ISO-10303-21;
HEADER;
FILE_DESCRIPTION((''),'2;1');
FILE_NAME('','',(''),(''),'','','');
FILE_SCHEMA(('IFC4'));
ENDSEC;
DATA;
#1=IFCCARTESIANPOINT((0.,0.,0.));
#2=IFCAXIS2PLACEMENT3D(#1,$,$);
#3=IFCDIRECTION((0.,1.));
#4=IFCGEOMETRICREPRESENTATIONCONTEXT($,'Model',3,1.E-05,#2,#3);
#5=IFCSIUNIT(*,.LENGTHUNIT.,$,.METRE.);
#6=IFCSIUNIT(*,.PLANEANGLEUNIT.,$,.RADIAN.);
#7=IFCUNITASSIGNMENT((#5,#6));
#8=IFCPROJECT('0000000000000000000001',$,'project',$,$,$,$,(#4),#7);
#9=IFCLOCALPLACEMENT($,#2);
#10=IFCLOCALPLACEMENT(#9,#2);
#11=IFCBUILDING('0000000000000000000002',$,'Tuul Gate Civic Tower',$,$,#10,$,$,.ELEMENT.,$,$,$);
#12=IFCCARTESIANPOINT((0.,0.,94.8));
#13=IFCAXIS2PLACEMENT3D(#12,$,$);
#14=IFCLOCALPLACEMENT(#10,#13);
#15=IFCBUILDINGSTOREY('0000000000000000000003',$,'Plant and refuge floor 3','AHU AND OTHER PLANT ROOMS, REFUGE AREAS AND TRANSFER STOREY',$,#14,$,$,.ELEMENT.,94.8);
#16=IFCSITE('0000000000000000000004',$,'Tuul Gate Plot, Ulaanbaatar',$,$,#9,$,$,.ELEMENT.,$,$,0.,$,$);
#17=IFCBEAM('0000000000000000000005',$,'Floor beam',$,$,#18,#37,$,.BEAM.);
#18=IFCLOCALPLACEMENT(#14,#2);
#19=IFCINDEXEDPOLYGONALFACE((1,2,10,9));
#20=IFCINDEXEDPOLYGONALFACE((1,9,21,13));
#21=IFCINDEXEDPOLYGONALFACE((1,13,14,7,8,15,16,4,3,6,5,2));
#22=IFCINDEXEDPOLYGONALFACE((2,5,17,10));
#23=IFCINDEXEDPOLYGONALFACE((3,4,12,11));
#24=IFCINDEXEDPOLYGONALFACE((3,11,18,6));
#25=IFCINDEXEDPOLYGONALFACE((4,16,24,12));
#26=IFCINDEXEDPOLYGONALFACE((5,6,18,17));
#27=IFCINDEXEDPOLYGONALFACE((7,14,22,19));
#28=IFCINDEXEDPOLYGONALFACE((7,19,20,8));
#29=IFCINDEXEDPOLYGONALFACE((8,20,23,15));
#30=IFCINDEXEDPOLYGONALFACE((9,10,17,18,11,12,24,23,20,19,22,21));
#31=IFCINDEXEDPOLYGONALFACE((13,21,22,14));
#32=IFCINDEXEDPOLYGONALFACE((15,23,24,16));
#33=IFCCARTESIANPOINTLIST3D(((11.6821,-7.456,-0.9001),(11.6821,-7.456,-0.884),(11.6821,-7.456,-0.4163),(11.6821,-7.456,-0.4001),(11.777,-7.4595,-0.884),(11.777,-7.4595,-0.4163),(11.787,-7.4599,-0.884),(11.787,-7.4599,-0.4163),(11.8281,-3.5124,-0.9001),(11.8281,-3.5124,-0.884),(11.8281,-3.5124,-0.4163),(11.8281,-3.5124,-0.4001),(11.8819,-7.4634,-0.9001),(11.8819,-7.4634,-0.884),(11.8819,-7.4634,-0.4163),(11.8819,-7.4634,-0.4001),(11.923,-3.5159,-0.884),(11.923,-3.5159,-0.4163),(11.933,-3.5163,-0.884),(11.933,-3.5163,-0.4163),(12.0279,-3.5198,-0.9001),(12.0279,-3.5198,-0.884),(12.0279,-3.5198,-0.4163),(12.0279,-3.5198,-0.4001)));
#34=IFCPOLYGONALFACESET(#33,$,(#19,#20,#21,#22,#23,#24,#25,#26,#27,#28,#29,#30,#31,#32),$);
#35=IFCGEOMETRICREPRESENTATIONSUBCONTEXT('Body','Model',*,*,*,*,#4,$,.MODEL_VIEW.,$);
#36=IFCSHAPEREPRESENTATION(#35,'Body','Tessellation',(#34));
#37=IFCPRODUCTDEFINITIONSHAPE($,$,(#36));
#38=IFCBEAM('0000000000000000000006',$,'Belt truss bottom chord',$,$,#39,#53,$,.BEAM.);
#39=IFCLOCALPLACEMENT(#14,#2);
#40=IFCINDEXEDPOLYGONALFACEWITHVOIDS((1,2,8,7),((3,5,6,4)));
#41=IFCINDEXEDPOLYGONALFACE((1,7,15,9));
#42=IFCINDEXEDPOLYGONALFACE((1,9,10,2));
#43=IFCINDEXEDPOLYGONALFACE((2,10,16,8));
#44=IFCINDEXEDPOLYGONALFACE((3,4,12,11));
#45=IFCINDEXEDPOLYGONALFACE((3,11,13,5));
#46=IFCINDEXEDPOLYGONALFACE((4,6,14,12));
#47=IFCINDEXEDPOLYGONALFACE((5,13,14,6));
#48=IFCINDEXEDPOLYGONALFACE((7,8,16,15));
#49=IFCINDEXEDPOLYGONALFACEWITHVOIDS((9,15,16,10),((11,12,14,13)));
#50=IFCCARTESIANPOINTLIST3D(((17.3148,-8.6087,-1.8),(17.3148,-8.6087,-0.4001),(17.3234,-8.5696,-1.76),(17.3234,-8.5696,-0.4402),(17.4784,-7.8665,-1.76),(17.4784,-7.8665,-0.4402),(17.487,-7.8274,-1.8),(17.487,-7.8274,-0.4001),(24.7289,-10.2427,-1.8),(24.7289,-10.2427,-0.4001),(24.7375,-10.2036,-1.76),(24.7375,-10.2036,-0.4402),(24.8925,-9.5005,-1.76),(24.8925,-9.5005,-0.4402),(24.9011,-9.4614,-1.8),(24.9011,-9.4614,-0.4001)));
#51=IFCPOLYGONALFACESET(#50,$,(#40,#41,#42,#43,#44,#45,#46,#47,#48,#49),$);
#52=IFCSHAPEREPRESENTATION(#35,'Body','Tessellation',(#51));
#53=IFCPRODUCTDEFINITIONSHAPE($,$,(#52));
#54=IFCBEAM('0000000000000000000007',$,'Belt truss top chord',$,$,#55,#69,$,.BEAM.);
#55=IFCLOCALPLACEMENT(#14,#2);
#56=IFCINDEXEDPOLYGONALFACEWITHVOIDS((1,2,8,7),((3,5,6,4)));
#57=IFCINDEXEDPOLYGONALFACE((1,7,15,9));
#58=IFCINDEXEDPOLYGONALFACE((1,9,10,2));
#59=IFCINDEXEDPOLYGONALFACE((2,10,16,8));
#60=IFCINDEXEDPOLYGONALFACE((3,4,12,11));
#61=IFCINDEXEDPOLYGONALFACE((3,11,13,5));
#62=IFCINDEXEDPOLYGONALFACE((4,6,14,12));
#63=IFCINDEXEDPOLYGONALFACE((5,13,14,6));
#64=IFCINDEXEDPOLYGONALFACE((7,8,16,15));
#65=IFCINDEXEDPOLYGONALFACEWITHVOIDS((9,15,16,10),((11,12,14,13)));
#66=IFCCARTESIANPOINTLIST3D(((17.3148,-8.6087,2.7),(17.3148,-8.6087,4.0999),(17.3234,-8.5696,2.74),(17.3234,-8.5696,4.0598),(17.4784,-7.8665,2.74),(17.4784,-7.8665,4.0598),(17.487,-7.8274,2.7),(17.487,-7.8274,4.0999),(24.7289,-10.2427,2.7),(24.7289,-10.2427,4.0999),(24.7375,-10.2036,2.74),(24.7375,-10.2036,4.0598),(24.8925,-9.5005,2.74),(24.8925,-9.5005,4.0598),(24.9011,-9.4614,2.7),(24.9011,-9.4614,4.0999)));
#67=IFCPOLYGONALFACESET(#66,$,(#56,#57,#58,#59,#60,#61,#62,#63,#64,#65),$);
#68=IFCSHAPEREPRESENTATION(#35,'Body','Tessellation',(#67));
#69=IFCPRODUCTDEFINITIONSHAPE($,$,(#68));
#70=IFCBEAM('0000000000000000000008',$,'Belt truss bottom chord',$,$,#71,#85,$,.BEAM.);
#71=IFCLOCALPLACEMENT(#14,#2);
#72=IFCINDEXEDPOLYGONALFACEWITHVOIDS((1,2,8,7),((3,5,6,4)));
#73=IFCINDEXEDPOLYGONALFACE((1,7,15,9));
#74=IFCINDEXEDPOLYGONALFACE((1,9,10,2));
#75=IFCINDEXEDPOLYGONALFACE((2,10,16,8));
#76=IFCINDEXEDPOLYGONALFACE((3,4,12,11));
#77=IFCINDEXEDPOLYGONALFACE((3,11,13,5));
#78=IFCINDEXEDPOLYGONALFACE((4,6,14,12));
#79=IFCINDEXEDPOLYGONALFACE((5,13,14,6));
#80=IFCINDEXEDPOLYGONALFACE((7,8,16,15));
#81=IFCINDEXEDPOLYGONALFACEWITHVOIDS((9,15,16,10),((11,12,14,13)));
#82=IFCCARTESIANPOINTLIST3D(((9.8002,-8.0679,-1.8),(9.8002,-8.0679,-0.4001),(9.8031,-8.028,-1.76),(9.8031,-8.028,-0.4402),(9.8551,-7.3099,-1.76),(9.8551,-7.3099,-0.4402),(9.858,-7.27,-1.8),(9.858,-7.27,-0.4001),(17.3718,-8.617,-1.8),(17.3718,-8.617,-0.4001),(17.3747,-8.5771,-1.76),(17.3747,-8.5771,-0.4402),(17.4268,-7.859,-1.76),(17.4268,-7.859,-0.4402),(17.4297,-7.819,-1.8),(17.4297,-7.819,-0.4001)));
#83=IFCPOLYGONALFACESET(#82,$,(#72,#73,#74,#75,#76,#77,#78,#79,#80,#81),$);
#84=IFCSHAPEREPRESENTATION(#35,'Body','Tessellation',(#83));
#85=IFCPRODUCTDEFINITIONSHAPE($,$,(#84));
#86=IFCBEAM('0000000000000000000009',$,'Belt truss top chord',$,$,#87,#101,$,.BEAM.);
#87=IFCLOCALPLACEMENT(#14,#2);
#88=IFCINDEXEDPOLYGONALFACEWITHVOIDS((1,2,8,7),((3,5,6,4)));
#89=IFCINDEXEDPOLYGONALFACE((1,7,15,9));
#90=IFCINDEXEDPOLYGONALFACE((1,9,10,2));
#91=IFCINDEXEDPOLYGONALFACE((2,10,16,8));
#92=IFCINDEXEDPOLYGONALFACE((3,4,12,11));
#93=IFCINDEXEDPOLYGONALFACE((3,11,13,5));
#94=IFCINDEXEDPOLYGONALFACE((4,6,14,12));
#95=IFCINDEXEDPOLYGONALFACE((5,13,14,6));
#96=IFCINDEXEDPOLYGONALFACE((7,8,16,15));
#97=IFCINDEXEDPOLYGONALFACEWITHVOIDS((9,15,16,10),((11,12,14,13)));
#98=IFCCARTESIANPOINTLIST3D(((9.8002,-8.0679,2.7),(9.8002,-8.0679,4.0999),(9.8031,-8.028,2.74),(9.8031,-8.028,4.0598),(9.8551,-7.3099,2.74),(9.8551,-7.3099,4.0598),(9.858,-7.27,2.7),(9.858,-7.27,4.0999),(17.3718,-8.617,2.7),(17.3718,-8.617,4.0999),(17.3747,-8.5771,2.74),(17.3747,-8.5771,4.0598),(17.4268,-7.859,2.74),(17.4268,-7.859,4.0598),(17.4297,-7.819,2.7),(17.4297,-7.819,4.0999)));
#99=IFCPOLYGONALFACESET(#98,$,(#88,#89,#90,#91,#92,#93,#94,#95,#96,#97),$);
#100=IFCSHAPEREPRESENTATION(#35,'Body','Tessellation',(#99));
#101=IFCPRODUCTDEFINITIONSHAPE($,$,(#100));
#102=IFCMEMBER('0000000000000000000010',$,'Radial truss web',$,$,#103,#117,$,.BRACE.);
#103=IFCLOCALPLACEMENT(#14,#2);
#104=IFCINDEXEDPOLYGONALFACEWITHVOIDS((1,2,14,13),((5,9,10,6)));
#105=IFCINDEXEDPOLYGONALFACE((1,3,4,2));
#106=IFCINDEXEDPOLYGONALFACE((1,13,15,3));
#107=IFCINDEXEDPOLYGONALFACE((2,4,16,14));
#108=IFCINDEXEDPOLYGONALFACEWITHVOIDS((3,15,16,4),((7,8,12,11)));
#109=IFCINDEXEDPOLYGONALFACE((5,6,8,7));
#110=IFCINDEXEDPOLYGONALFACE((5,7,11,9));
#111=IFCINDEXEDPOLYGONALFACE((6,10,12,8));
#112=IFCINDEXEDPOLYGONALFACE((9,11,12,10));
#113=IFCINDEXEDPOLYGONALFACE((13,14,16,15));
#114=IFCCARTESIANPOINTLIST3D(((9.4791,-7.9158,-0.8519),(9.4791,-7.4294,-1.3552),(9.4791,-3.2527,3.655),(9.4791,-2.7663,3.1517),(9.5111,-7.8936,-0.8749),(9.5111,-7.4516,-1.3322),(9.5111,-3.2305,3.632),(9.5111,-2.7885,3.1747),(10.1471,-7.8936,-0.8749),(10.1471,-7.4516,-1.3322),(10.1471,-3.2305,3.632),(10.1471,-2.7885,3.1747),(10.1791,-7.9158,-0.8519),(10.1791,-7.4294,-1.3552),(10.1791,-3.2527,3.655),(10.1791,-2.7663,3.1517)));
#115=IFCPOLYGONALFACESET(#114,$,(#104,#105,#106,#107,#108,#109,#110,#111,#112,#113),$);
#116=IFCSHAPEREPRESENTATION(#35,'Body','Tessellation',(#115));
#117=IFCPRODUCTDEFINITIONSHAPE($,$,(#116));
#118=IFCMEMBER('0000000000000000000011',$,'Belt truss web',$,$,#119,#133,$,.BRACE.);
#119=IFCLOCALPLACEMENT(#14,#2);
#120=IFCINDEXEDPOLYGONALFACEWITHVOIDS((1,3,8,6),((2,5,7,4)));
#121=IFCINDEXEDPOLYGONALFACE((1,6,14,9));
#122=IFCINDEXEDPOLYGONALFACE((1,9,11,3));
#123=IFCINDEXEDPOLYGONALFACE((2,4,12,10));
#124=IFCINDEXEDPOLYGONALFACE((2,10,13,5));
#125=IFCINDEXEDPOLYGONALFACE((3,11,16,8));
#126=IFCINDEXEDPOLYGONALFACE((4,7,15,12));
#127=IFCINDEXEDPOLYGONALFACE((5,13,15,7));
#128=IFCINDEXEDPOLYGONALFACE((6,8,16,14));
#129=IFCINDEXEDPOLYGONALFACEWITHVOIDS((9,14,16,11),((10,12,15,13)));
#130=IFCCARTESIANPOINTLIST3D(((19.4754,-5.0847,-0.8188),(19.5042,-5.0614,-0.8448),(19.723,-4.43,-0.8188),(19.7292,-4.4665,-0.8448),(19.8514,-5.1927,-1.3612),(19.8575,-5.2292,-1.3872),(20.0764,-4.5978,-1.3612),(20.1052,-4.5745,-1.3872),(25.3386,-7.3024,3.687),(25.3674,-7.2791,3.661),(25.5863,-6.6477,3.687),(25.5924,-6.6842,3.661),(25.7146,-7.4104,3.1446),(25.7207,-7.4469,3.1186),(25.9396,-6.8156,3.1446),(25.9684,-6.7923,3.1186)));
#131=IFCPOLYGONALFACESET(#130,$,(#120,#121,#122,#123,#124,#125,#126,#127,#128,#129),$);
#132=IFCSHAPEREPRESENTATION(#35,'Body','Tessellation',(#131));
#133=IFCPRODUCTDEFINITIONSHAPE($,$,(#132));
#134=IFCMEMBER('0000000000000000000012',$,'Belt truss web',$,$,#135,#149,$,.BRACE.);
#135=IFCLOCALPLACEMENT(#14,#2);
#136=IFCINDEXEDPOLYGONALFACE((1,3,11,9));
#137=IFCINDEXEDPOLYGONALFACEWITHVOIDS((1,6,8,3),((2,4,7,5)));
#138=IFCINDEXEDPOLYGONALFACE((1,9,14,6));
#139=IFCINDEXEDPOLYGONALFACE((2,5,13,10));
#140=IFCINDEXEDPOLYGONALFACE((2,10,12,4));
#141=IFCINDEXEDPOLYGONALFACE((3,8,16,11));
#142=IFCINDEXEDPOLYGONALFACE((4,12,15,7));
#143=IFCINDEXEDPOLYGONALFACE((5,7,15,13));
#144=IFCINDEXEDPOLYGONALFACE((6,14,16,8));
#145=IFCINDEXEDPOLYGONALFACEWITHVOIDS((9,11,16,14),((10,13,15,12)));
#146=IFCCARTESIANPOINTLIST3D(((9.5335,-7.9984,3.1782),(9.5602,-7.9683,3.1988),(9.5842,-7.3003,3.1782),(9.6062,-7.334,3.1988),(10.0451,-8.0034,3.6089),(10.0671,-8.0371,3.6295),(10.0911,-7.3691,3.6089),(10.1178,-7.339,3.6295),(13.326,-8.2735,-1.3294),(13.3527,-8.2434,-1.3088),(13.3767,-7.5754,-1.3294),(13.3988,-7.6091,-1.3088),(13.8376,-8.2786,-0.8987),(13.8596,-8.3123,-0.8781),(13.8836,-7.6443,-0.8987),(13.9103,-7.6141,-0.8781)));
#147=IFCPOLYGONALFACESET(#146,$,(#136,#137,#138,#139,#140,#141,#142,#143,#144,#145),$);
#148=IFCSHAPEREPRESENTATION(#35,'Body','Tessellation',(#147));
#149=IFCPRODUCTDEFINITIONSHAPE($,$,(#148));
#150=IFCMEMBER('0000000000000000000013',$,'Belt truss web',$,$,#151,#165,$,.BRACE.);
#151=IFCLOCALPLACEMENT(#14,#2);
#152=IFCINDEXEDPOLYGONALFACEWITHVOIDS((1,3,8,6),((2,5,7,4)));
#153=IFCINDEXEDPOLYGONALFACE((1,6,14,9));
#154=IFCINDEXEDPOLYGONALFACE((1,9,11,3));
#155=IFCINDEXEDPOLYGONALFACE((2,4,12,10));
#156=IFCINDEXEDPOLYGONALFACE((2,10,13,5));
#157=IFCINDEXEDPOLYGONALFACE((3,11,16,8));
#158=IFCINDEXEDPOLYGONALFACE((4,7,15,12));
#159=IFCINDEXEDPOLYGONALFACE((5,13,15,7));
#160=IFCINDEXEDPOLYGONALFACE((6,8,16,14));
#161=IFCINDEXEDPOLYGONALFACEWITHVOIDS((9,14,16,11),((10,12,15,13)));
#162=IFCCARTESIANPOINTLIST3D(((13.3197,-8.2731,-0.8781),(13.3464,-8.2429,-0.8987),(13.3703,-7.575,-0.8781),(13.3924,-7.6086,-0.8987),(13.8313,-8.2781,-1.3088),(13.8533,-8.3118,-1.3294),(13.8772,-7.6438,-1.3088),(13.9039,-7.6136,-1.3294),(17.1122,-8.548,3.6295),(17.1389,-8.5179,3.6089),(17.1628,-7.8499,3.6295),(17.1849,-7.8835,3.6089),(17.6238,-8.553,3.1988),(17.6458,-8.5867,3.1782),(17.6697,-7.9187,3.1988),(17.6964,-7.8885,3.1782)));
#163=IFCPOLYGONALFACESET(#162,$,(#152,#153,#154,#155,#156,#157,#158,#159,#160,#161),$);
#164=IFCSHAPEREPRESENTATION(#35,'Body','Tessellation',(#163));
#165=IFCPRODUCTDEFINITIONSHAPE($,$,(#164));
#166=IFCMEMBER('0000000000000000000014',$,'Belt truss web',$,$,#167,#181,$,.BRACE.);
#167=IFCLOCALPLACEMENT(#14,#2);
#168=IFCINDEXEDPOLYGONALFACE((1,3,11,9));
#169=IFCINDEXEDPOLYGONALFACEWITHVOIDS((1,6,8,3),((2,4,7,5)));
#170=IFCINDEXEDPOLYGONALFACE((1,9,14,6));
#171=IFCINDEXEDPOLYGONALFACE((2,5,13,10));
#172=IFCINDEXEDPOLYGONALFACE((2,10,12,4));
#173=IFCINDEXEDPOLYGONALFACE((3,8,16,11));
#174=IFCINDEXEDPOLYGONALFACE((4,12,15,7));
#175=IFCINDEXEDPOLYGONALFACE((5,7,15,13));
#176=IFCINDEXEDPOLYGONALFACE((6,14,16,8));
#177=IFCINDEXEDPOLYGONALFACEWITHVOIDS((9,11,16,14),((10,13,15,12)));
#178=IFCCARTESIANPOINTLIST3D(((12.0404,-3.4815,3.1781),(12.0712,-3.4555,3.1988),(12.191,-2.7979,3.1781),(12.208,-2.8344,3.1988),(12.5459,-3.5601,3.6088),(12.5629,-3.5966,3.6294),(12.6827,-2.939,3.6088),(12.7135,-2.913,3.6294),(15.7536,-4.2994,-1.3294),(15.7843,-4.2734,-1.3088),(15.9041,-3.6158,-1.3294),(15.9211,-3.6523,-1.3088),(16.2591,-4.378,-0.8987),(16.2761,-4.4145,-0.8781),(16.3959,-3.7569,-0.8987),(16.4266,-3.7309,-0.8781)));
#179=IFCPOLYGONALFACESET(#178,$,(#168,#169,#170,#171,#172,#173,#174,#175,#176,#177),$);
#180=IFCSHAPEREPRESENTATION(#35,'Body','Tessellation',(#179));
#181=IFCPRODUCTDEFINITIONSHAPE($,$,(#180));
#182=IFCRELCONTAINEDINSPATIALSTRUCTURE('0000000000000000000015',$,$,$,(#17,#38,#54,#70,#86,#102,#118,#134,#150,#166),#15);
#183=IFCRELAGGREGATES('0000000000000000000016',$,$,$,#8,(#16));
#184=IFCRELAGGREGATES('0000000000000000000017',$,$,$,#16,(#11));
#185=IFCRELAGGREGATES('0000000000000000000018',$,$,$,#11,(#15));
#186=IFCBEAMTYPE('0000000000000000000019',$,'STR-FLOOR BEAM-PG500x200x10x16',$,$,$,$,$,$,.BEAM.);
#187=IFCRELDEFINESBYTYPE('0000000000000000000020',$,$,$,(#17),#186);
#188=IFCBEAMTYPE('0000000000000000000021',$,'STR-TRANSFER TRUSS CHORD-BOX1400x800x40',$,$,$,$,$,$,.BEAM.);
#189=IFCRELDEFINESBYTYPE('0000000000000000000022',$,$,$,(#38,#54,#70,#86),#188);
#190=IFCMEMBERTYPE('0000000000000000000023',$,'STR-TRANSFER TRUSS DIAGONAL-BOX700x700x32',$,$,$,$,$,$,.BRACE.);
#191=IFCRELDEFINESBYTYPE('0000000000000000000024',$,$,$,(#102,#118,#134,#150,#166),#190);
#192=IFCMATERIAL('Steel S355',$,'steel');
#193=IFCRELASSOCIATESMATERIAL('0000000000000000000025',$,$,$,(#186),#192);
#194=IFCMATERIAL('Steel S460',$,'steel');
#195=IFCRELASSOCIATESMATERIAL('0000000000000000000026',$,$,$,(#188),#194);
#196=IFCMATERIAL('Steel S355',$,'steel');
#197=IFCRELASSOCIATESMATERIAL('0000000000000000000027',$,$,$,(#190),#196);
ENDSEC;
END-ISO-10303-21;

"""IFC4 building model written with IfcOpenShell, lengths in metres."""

from ifc_helpers import new_model, si_unit, direction, frame, origin, origin_2d, place, context, subcontext, project, spatial, hollow_rectangle, i_section, extrude, material, material_profile, profile_set, type_object, element, save


model = new_model("IFC4")

# Units and contexts
model_context = context("Model", 3, precision=1e-05, world=origin(), true_north=direction((0.0, 1.0)))
body_context = subcontext(model_context, "Body", "Model", "MODEL_VIEW")
ifc_project = project(units=[si_unit("LENGTHUNIT", "METRE"), si_unit("PLANEANGLEUNIT", "RADIAN")], contexts=[model_context])

# Site, building, storey
site_placement = place(None, origin())
site = spatial("IfcSite", under=ifc_project, at=site_placement, Name="Tuul Gate Plot, Ulaanbaatar", CompositionType="ELEMENT", RefElevation=0.0)
building_placement = place(site_placement, origin())
building = spatial("IfcBuilding", under=site, at=building_placement, Name="Tuul Gate Civic Tower", CompositionType="ELEMENT")
storey_placement = place(building_placement, frame((0.0, 0.0, 94.8)))
storey = spatial("IfcBuildingStorey", under=building, at=storey_placement, Name="Plant and refuge floor 3", Description="AHU AND OTHER PLANT ROOMS, REFUGE AREAS AND TRANSFER STOREY", CompositionType="ELEMENT", Elevation=94.8)

# Beams
ifc_material_1 = material(Name="Steel S355", Category="steel")
ifc_material_profile_1 = material_profile(ifc_material_1, i_section(OverallWidth=0.2, OverallDepth=0.5, WebThickness=0.01, FlangeThickness=0.0161, at=origin_2d()), Name="PG500x200x10x16")
ifc_profile_set_1 = profile_set([ifc_material_profile_1], Name="Steel S355")
beam_type_1 = type_object("IfcBeamType", Name="STR-FLOOR BEAM-PG500x200x10x16", PredefinedType="BEAM", material=ifc_profile_set_1)
beam_placement = place(storey_placement, frame((11.782, -7.4597, -0.6501), z_axis=(0.036996, 0.999315, 0.0), x_axis=(-0.999315, 0.036996, 0.0)))
element("IfcBeam", 1, at=beam_placement, inside=storey, type_object=beam_type_1, Name="Floor beam", PredefinedType="BEAM", context=body_context, shape_type="SweptSolid", body=[
    extrude(i_section(OverallWidth=0.2, OverallDepth=0.5, WebThickness=0.01, FlangeThickness=0.0161, at=origin_2d()), origin(), (0.0, 0.0, 1.0), 3.9463),
])
ifc_material_2 = material(Name="Steel S460", Category="steel")
ifc_material_profile_2 = material_profile(ifc_material_2, hollow_rectangle(XDim=0.8, YDim=1.3999, WallThickness=0.04, at=origin_2d()), Name="BOX1400x800x40")
ifc_profile_set_2 = profile_set([ifc_material_profile_2], Name="Steel S460")
beam_type_2 = type_object("IfcBeamType", Name="STR-TRANSFER TRUSS CHORD-BOX1400x800x40", PredefinedType="BEAM", material=ifc_profile_set_2)
for number, where, z_axis, x_axis, name in (
    (2, (17.4009, -8.218, -1.1001), (0.976563, -0.215231, 0.0), (0.215231, 0.976563, 0.0), "Belt truss bottom chord"),
    (3, (17.4009, -8.218, 3.3999), (0.976563, -0.215231, 0.0), (0.215231, 0.976563, 0.0), "Belt truss top chord"),
):
    element("IfcBeam", number, at=place(storey_placement, frame(where, z_axis=z_axis, x_axis=x_axis)), inside=storey, type_object=beam_type_2, Name=name, PredefinedType="BEAM", context=body_context, shape_type="SweptSolid", body=[
        extrude(hollow_rectangle(XDim=0.8, YDim=1.3999, WallThickness=0.04, at=origin_2d()), origin(), (0.0, 0.0, 1.0), 7.592),
    ])
for number, where, z_axis, x_axis, name in (
    (4, (9.8291, -7.6689, -1.1001), (0.997381, -0.072326, 0.0), (0.072326, 0.997381, 0.0), "Belt truss bottom chord"),
    (5, (9.8291, -7.6689, 3.3999), (0.997381, -0.072326, 0.0), (0.072326, 0.997381, 0.0), "Belt truss top chord"),
):
    element("IfcBeam", number, at=place(storey_placement, frame(where, z_axis=z_axis, x_axis=x_axis)), inside=storey, type_object=beam_type_2, Name=name, PredefinedType="BEAM", context=body_context, shape_type="SweptSolid", body=[
        extrude(hollow_rectangle(XDim=0.8, YDim=1.3999, WallThickness=0.04, at=origin_2d()), origin(), (0.0, 0.0, 1.0), 7.5916),
    ])

# Members
ifc_material_3 = material(Name="Steel S355", Category="steel")
ifc_material_profile_3 = material_profile(ifc_material_3, hollow_rectangle(XDim=0.7, YDim=0.7, WallThickness=0.032, at=origin_2d()), Name="BOX700x700x32")
ifc_profile_set_3 = profile_set([ifc_material_profile_3], Name="Steel S355")
member_type_1 = type_object("IfcMemberType", Name="STR-TRANSFER TRUSS DIAGONAL-BOX700x700x32", PredefinedType="BRACE", material=ifc_profile_set_3)
member_1_placement = place(storey_placement, frame((9.8291, -7.6726, -1.1035), z_axis=(0.0, 0.719051, 0.694957), x_axis=(-1.0, 0.0, 0.0)))
element("IfcMember", 6, at=member_1_placement, inside=storey, type_object=member_type_1, Name="Radial truss web", PredefinedType="BRACE", context=body_context, shape_type="SweptSolid", body=[
    extrude(hollow_rectangle(XDim=0.7, YDim=0.7, WallThickness=0.032, at=origin_2d()), origin(), (0.0, 0.0, 1.0), 6.4851),
])
member_2_placement = place(storey_placement, frame((19.7903, -4.8296, -1.103), z_axis=(0.759486, -0.287274, 0.583656), x_axis=(0.353785, 0.935327, 0.0)))
element("IfcMember", 7, at=member_2_placement, inside=storey, type_object=member_type_1, Name="Belt truss web", PredefinedType="BRACE", context=body_context, shape_type="SweptSolid", body=[
    extrude(hollow_rectangle(XDim=0.7, YDim=0.7, WallThickness=0.032, at=origin_2d()), origin(), (0.0, 0.0, 1.0), 7.72),
])
for number, where, z_axis, x_axis, name in (
    (8, (13.6182, -7.9438, -1.1038), (-0.6431, 0.046657, 0.764359), (-0.07236, -0.997379, 0.0), "Belt truss web"),
    (9, (13.6118, -7.9434, -1.1038), (0.643101, -0.046616, 0.764361), (0.072296, 0.997383, 0.0), "Belt truss web"),
):
    element("IfcMember", number, at=place(storey_placement, frame(where, z_axis=z_axis, x_axis=x_axis)), inside=storey, type_object=member_type_1, Name=name, PredefinedType="BRACE", context=body_context, shape_type="SweptSolid", body=[
        extrude(hollow_rectangle(XDim=0.7, YDim=0.7, WallThickness=0.032, at=origin_2d()), origin(), (0.0, 0.0, 1.0), 5.8972),
    ])
member_3_placement = place(storey_placement, frame((16.0901, -4.0151, -1.1038), z_axis=(-0.629666, 0.138693, 0.764385), x_axis=(-0.215108, -0.97659, 0.0)))
element("IfcMember", 10, at=member_3_placement, inside=storey, type_object=member_type_1, Name="Belt truss web", PredefinedType="BRACE", context=body_context, shape_type="SweptSolid", body=[
    extrude(hollow_rectangle(XDim=0.7, YDim=0.7, WallThickness=0.032, at=origin_2d()), origin(), (0.0, 0.0, 1.0), 5.897),
])

save(model, "model.ifc")
